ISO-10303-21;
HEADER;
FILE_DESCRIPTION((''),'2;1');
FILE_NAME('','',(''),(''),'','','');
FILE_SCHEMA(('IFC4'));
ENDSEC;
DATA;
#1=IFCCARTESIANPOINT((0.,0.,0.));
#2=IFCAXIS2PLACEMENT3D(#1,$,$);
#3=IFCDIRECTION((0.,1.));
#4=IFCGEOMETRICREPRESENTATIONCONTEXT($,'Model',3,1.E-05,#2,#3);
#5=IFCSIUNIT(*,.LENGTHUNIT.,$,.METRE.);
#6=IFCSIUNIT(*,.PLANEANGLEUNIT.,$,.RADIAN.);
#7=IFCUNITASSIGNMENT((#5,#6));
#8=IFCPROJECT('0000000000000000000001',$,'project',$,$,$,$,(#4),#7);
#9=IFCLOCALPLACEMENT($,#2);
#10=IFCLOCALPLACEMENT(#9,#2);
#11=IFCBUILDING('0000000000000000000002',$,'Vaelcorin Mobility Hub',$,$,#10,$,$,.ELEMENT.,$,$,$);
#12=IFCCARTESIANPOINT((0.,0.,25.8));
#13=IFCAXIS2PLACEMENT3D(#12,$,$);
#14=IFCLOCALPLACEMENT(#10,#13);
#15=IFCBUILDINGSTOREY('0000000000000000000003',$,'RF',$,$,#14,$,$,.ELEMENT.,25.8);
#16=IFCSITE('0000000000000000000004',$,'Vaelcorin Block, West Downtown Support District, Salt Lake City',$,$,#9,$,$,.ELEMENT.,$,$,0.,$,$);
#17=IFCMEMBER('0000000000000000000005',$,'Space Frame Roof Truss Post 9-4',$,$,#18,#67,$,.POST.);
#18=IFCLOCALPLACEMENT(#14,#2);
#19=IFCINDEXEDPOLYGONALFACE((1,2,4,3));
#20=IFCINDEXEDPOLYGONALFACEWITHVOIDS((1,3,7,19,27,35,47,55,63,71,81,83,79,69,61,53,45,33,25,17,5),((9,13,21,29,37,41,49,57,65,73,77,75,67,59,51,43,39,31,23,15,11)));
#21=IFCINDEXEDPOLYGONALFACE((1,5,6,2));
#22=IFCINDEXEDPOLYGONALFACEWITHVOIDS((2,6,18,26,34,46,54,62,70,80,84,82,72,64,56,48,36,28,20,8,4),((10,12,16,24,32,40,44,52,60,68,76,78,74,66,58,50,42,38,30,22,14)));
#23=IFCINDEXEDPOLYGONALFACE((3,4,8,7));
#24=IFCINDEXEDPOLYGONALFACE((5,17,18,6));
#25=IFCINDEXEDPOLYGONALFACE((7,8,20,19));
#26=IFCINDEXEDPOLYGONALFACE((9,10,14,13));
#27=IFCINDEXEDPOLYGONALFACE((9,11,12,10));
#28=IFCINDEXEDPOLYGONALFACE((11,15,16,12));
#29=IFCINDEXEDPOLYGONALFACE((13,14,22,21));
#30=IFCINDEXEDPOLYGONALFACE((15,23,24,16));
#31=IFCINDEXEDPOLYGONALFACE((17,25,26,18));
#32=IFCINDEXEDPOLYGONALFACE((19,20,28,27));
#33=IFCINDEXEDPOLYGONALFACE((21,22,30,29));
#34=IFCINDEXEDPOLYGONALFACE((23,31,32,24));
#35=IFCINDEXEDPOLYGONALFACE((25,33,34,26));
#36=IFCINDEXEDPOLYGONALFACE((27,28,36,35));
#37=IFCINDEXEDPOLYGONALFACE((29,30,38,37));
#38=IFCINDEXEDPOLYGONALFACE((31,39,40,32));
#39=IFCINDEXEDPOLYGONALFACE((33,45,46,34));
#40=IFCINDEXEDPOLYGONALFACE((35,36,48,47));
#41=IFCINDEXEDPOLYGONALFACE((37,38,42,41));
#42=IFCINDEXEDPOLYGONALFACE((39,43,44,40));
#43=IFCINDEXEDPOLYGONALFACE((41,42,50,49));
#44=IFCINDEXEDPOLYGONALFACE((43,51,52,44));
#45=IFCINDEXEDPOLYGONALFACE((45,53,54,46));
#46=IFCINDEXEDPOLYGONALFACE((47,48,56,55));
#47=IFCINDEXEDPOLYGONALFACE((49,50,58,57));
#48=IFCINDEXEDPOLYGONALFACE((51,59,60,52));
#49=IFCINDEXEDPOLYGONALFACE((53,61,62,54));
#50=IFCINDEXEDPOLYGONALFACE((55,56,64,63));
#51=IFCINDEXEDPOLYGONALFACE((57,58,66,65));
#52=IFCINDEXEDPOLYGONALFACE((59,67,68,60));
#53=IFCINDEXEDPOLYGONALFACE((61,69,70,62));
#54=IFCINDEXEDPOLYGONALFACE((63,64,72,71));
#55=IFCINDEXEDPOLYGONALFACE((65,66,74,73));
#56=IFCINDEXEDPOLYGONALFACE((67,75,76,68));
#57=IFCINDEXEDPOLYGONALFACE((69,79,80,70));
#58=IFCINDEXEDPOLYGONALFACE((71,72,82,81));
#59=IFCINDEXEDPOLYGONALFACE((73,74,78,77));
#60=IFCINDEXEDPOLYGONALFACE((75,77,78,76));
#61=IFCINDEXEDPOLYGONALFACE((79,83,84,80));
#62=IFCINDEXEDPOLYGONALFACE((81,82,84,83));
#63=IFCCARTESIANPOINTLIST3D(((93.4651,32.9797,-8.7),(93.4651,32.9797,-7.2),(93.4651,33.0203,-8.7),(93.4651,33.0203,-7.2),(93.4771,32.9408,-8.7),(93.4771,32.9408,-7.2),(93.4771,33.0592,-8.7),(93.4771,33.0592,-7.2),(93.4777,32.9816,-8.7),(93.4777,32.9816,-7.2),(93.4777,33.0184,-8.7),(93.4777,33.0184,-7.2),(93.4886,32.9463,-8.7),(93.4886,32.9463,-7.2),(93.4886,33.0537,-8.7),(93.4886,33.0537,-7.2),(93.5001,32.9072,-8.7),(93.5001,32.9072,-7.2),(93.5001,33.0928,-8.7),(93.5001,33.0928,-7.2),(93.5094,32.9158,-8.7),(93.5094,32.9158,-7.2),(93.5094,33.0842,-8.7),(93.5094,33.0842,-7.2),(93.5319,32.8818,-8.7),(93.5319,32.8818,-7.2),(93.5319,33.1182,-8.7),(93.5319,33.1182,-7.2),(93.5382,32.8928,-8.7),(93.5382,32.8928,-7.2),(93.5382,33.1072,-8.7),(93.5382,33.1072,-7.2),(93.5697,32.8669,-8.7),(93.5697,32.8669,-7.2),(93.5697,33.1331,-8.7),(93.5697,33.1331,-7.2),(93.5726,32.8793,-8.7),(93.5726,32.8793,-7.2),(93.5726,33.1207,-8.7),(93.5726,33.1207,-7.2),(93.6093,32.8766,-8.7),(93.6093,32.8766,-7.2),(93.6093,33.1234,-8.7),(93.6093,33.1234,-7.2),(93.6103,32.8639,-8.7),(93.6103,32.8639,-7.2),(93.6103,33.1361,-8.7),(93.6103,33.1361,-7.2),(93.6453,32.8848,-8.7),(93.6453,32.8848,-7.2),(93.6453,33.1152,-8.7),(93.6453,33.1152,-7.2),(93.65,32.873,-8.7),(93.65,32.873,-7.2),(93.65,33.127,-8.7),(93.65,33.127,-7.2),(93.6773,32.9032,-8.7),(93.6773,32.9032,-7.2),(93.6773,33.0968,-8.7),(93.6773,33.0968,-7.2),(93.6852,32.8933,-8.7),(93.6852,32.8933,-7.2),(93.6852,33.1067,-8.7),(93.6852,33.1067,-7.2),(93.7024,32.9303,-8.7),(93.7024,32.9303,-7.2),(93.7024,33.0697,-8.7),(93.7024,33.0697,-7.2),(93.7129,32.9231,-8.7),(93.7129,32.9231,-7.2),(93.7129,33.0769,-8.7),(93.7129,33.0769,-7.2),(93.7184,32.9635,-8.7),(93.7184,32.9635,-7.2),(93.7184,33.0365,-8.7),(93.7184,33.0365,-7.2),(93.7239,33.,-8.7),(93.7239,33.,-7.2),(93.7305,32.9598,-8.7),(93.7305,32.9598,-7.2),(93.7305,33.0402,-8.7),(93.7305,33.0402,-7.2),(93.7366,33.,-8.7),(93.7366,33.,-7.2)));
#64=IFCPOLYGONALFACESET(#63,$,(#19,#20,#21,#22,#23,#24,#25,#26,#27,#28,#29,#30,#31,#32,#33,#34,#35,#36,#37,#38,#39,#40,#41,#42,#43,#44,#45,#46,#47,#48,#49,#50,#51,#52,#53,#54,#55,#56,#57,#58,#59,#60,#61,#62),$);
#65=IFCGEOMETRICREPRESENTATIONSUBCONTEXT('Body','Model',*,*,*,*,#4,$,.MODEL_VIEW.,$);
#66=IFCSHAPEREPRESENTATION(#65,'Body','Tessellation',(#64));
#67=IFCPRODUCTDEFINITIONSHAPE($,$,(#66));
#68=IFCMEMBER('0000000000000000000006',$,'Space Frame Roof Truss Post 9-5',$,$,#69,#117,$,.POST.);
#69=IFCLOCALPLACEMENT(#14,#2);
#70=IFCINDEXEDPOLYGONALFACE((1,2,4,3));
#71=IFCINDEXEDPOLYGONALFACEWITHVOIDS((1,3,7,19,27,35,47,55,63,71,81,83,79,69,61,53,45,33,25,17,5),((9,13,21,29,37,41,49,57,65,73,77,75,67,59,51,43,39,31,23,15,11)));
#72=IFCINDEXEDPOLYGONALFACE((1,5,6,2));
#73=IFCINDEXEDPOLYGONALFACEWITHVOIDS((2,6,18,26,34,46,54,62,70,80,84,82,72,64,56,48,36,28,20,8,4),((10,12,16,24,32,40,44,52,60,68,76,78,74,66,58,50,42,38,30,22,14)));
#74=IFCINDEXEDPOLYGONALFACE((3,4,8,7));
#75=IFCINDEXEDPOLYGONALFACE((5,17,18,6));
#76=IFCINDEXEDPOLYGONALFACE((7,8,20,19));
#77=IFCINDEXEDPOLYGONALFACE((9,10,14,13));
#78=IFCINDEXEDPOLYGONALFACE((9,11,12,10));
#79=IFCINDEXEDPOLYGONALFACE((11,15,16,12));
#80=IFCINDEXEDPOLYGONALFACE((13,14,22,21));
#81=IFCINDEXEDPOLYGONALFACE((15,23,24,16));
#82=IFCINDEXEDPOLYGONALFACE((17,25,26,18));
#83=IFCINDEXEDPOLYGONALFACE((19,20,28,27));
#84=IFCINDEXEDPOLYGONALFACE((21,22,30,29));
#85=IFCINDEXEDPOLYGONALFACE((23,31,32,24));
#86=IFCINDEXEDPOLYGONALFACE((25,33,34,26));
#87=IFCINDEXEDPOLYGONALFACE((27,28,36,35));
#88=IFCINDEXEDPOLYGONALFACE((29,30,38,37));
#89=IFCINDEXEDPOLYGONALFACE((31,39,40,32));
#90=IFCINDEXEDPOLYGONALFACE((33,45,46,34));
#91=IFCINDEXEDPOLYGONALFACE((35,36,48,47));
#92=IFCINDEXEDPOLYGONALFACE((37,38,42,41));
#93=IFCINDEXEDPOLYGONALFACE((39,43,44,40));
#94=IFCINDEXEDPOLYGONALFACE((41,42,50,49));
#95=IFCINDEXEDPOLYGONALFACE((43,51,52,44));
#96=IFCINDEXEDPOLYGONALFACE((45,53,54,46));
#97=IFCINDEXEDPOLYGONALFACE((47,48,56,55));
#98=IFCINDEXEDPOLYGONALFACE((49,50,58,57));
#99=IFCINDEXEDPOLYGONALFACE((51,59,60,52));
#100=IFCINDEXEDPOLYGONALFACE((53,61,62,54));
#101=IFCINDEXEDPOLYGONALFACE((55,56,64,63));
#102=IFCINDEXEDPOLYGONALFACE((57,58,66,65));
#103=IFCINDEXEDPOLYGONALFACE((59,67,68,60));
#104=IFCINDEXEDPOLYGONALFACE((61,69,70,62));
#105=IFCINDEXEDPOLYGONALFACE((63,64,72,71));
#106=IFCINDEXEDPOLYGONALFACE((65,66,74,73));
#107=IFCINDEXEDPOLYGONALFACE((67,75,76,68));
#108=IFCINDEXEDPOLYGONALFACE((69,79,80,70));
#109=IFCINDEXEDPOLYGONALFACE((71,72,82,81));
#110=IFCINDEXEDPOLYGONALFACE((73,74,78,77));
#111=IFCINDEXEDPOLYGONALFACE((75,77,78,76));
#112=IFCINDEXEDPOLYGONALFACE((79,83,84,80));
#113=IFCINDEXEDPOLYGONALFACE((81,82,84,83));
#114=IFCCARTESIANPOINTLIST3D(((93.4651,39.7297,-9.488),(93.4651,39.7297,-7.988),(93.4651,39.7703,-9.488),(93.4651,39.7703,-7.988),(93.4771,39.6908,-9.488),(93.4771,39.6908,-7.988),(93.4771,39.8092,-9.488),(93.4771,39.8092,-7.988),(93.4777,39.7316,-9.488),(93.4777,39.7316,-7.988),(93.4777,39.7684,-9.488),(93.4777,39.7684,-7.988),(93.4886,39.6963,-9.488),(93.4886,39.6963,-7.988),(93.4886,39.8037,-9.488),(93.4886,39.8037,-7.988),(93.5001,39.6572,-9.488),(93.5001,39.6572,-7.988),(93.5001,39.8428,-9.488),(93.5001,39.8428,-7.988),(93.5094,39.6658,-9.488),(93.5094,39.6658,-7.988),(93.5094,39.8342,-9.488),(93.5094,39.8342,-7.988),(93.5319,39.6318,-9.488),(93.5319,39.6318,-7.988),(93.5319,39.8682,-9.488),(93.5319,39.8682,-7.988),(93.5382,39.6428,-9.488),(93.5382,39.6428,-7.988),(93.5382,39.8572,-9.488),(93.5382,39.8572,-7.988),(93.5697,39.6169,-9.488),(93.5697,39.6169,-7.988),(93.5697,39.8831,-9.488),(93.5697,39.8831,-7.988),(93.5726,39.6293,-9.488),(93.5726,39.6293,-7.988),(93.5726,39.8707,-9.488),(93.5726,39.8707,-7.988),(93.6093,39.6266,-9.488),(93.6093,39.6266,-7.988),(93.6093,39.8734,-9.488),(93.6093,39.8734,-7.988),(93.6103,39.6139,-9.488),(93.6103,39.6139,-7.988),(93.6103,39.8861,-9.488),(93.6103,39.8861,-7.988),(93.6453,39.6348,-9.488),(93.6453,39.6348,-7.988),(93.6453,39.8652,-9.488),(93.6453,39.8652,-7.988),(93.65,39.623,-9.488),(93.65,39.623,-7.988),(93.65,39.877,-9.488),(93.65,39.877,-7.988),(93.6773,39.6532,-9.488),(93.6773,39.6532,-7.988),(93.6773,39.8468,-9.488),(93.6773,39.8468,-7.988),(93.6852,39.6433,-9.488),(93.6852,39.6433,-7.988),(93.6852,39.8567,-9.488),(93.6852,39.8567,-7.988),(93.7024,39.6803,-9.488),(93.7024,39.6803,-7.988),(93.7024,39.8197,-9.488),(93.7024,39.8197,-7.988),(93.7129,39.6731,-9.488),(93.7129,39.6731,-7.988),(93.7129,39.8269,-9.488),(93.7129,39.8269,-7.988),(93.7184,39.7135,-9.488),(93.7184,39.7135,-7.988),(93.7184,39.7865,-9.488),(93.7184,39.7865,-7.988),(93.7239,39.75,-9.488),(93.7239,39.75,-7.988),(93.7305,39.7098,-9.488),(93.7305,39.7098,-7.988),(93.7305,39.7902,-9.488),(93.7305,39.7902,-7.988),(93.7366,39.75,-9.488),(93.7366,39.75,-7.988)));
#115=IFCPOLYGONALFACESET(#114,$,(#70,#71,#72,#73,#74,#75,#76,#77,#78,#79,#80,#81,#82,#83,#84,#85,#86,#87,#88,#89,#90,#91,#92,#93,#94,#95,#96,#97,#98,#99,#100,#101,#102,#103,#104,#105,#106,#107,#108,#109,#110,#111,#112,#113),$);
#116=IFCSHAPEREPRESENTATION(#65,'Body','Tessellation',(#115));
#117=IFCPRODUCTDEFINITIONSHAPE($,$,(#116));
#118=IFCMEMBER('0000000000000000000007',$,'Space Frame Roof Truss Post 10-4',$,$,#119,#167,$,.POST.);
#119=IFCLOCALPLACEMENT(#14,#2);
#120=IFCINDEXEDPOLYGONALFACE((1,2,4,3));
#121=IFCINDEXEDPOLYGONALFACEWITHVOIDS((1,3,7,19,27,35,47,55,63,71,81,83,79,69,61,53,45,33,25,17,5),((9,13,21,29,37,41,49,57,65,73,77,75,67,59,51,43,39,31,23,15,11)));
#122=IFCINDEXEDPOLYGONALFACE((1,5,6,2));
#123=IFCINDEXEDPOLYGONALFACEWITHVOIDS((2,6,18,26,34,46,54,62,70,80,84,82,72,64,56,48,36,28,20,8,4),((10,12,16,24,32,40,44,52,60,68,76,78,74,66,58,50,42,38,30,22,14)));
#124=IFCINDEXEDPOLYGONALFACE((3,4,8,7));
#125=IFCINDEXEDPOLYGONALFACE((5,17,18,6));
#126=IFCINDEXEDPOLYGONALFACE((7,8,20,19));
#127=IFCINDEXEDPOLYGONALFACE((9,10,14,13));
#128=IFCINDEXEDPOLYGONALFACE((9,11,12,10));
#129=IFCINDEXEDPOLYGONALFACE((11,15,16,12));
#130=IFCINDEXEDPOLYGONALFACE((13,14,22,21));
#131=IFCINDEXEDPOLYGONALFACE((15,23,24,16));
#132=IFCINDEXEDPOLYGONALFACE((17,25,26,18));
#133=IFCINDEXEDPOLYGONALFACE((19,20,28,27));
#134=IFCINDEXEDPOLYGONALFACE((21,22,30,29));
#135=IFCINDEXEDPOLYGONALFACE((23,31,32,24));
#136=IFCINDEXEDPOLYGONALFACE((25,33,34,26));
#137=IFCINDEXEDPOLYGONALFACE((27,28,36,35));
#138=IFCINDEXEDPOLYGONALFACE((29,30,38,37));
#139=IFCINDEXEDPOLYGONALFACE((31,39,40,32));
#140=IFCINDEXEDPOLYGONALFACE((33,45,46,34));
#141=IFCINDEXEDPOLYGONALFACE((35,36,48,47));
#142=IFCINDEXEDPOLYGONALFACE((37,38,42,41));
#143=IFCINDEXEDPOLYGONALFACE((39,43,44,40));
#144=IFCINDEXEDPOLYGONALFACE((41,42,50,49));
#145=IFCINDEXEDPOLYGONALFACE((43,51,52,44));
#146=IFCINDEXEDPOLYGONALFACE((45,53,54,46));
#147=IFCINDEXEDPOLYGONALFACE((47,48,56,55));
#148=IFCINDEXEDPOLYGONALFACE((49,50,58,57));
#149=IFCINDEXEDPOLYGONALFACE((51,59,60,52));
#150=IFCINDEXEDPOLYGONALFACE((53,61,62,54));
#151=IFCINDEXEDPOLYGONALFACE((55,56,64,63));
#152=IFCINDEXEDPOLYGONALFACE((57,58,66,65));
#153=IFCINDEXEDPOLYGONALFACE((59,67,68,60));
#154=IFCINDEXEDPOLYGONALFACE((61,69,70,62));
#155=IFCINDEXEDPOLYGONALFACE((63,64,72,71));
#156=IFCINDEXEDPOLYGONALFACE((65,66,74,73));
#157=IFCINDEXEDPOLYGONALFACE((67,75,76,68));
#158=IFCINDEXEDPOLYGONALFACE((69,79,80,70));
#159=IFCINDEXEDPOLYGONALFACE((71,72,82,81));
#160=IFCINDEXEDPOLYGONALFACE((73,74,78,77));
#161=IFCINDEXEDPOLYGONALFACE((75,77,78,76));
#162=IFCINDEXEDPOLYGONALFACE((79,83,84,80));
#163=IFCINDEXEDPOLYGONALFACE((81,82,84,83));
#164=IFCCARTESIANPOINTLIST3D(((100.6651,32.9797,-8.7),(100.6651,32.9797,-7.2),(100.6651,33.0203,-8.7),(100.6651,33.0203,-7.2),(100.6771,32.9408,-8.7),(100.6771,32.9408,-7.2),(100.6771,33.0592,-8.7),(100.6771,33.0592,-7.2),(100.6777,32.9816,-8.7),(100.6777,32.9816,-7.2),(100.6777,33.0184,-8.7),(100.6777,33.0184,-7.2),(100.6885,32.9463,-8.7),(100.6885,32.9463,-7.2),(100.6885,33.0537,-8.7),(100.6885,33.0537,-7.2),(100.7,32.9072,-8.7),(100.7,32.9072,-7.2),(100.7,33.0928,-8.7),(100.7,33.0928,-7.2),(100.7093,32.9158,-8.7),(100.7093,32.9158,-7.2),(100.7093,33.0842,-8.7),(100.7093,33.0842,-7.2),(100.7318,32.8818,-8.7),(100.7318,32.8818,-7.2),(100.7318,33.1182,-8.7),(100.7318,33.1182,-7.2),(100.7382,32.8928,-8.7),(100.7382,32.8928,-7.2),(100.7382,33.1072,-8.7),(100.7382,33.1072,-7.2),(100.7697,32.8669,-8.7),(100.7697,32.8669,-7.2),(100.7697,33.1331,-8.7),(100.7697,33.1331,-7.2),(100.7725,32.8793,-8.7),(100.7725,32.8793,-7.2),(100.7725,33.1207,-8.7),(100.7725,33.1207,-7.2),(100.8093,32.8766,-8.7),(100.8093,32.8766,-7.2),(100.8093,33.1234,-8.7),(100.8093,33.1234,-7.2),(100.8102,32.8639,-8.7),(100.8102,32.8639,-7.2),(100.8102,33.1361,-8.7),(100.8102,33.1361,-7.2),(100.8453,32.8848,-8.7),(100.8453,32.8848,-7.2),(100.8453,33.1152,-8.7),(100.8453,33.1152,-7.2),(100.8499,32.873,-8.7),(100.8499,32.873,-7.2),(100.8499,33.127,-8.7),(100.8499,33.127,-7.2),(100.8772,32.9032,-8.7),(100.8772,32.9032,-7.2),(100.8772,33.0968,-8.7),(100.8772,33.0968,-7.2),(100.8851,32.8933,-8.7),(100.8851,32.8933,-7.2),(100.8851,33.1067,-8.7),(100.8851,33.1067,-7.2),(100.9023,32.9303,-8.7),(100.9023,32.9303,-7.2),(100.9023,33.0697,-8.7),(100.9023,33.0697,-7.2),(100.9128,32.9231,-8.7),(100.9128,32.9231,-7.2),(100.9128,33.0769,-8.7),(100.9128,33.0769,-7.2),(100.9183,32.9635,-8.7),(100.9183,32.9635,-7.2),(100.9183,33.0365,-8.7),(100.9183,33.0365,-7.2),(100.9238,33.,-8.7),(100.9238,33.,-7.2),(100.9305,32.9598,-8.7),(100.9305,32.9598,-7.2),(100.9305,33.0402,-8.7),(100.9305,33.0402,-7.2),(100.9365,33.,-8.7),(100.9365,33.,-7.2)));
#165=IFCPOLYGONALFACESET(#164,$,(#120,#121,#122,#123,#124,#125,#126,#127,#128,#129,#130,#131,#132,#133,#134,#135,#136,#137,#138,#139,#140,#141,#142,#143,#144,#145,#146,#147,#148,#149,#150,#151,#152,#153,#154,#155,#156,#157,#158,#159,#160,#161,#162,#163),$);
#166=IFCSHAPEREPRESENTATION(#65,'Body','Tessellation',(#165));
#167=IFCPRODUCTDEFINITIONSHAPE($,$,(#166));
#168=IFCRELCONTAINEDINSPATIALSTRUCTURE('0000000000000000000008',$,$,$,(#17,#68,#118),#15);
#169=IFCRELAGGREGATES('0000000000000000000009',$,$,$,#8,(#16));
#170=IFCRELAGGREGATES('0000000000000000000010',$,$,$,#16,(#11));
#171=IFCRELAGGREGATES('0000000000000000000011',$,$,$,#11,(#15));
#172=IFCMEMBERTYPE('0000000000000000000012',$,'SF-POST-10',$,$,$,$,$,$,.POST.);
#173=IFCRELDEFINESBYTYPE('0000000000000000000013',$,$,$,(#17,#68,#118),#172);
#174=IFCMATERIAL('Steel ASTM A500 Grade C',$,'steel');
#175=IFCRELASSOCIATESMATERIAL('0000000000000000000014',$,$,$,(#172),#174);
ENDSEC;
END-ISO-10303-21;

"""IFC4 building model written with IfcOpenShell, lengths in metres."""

from ifc_helpers import new_model, si_unit, direction, frame, origin, origin_2d, place, context, subcontext, project, spatial, hollow_circle, extrude, material, material_profile, profile_set, type_object, element, save


model = new_model("IFC4")

# Units and contexts
model_context = context("Model", 3, precision=1e-05, world=origin(), true_north=direction((0.0, 1.0)))
body_context = subcontext(model_context, "Body", "Model", "MODEL_VIEW")
ifc_project = project(units=[si_unit("LENGTHUNIT", "METRE"), si_unit("PLANEANGLEUNIT", "RADIAN")], contexts=[model_context])

# Site, building, storey
site_placement = place(None, origin())
site = spatial("IfcSite", under=ifc_project, at=site_placement, Name="Vaelcorin Block, West Downtown Support District, Salt Lake City", CompositionType="ELEMENT", RefElevation=0.0)
building_placement = place(site_placement, origin())
building = spatial("IfcBuilding", under=site, at=building_placement, Name="Vaelcorin Mobility Hub", CompositionType="ELEMENT")
storey_placement = place(building_placement, frame((0.0, 0.0, 25.8)))
storey = spatial("IfcBuildingStorey", under=building, at=storey_placement, Name="RF", CompositionType="ELEMENT", Elevation=25.8)

# Members
ifc_material_1 = material(Name="Steel ASTM A500 Grade C", Category="steel")
ifc_material_profile_1 = material_profile(ifc_material_1, hollow_circle(Radius=0.1365, WallThickness=0.0127, at=origin_2d()), Name="HSS10.750X0.500")
ifc_profile_set_1 = profile_set([ifc_material_profile_1], Name="Steel ASTM A500 Grade C")
member_type_1 = type_object("IfcMemberType", Name="SF-POST-10", PredefinedType="POST", material=ifc_profile_set_1)
for number, where, z_axis, x_axis, name in (
    (1, (93.6001, 33.0, -8.7), (0.0, 0.0, 1.0), (1.0, 0.0, 0.0), "Space Frame Roof Truss Post 9-4"),
    (2, (93.6001, 39.75, -9.488), (0.0, 0.0, 1.0), (1.0, 0.0, 0.0), "Space Frame Roof Truss Post 9-5"),
    (3, (100.8, 33.0, -8.7), (0.0, 0.0, 1.0), (1.0, 0.0, 0.0), "Space Frame Roof Truss Post 10-4"),
):
    element("IfcMember", number, at=place(storey_placement, frame(where, z_axis=z_axis, x_axis=x_axis)), inside=storey, type_object=member_type_1, Name=name, PredefinedType="POST", context=body_context, shape_type="SweptSolid", body=[
        extrude(hollow_circle(Radius=0.1365, WallThickness=0.0127, at=origin_2d()), origin(), (0.0, 0.0, 1.0), 1.5),
    ])

save(model, "model.ifc")
